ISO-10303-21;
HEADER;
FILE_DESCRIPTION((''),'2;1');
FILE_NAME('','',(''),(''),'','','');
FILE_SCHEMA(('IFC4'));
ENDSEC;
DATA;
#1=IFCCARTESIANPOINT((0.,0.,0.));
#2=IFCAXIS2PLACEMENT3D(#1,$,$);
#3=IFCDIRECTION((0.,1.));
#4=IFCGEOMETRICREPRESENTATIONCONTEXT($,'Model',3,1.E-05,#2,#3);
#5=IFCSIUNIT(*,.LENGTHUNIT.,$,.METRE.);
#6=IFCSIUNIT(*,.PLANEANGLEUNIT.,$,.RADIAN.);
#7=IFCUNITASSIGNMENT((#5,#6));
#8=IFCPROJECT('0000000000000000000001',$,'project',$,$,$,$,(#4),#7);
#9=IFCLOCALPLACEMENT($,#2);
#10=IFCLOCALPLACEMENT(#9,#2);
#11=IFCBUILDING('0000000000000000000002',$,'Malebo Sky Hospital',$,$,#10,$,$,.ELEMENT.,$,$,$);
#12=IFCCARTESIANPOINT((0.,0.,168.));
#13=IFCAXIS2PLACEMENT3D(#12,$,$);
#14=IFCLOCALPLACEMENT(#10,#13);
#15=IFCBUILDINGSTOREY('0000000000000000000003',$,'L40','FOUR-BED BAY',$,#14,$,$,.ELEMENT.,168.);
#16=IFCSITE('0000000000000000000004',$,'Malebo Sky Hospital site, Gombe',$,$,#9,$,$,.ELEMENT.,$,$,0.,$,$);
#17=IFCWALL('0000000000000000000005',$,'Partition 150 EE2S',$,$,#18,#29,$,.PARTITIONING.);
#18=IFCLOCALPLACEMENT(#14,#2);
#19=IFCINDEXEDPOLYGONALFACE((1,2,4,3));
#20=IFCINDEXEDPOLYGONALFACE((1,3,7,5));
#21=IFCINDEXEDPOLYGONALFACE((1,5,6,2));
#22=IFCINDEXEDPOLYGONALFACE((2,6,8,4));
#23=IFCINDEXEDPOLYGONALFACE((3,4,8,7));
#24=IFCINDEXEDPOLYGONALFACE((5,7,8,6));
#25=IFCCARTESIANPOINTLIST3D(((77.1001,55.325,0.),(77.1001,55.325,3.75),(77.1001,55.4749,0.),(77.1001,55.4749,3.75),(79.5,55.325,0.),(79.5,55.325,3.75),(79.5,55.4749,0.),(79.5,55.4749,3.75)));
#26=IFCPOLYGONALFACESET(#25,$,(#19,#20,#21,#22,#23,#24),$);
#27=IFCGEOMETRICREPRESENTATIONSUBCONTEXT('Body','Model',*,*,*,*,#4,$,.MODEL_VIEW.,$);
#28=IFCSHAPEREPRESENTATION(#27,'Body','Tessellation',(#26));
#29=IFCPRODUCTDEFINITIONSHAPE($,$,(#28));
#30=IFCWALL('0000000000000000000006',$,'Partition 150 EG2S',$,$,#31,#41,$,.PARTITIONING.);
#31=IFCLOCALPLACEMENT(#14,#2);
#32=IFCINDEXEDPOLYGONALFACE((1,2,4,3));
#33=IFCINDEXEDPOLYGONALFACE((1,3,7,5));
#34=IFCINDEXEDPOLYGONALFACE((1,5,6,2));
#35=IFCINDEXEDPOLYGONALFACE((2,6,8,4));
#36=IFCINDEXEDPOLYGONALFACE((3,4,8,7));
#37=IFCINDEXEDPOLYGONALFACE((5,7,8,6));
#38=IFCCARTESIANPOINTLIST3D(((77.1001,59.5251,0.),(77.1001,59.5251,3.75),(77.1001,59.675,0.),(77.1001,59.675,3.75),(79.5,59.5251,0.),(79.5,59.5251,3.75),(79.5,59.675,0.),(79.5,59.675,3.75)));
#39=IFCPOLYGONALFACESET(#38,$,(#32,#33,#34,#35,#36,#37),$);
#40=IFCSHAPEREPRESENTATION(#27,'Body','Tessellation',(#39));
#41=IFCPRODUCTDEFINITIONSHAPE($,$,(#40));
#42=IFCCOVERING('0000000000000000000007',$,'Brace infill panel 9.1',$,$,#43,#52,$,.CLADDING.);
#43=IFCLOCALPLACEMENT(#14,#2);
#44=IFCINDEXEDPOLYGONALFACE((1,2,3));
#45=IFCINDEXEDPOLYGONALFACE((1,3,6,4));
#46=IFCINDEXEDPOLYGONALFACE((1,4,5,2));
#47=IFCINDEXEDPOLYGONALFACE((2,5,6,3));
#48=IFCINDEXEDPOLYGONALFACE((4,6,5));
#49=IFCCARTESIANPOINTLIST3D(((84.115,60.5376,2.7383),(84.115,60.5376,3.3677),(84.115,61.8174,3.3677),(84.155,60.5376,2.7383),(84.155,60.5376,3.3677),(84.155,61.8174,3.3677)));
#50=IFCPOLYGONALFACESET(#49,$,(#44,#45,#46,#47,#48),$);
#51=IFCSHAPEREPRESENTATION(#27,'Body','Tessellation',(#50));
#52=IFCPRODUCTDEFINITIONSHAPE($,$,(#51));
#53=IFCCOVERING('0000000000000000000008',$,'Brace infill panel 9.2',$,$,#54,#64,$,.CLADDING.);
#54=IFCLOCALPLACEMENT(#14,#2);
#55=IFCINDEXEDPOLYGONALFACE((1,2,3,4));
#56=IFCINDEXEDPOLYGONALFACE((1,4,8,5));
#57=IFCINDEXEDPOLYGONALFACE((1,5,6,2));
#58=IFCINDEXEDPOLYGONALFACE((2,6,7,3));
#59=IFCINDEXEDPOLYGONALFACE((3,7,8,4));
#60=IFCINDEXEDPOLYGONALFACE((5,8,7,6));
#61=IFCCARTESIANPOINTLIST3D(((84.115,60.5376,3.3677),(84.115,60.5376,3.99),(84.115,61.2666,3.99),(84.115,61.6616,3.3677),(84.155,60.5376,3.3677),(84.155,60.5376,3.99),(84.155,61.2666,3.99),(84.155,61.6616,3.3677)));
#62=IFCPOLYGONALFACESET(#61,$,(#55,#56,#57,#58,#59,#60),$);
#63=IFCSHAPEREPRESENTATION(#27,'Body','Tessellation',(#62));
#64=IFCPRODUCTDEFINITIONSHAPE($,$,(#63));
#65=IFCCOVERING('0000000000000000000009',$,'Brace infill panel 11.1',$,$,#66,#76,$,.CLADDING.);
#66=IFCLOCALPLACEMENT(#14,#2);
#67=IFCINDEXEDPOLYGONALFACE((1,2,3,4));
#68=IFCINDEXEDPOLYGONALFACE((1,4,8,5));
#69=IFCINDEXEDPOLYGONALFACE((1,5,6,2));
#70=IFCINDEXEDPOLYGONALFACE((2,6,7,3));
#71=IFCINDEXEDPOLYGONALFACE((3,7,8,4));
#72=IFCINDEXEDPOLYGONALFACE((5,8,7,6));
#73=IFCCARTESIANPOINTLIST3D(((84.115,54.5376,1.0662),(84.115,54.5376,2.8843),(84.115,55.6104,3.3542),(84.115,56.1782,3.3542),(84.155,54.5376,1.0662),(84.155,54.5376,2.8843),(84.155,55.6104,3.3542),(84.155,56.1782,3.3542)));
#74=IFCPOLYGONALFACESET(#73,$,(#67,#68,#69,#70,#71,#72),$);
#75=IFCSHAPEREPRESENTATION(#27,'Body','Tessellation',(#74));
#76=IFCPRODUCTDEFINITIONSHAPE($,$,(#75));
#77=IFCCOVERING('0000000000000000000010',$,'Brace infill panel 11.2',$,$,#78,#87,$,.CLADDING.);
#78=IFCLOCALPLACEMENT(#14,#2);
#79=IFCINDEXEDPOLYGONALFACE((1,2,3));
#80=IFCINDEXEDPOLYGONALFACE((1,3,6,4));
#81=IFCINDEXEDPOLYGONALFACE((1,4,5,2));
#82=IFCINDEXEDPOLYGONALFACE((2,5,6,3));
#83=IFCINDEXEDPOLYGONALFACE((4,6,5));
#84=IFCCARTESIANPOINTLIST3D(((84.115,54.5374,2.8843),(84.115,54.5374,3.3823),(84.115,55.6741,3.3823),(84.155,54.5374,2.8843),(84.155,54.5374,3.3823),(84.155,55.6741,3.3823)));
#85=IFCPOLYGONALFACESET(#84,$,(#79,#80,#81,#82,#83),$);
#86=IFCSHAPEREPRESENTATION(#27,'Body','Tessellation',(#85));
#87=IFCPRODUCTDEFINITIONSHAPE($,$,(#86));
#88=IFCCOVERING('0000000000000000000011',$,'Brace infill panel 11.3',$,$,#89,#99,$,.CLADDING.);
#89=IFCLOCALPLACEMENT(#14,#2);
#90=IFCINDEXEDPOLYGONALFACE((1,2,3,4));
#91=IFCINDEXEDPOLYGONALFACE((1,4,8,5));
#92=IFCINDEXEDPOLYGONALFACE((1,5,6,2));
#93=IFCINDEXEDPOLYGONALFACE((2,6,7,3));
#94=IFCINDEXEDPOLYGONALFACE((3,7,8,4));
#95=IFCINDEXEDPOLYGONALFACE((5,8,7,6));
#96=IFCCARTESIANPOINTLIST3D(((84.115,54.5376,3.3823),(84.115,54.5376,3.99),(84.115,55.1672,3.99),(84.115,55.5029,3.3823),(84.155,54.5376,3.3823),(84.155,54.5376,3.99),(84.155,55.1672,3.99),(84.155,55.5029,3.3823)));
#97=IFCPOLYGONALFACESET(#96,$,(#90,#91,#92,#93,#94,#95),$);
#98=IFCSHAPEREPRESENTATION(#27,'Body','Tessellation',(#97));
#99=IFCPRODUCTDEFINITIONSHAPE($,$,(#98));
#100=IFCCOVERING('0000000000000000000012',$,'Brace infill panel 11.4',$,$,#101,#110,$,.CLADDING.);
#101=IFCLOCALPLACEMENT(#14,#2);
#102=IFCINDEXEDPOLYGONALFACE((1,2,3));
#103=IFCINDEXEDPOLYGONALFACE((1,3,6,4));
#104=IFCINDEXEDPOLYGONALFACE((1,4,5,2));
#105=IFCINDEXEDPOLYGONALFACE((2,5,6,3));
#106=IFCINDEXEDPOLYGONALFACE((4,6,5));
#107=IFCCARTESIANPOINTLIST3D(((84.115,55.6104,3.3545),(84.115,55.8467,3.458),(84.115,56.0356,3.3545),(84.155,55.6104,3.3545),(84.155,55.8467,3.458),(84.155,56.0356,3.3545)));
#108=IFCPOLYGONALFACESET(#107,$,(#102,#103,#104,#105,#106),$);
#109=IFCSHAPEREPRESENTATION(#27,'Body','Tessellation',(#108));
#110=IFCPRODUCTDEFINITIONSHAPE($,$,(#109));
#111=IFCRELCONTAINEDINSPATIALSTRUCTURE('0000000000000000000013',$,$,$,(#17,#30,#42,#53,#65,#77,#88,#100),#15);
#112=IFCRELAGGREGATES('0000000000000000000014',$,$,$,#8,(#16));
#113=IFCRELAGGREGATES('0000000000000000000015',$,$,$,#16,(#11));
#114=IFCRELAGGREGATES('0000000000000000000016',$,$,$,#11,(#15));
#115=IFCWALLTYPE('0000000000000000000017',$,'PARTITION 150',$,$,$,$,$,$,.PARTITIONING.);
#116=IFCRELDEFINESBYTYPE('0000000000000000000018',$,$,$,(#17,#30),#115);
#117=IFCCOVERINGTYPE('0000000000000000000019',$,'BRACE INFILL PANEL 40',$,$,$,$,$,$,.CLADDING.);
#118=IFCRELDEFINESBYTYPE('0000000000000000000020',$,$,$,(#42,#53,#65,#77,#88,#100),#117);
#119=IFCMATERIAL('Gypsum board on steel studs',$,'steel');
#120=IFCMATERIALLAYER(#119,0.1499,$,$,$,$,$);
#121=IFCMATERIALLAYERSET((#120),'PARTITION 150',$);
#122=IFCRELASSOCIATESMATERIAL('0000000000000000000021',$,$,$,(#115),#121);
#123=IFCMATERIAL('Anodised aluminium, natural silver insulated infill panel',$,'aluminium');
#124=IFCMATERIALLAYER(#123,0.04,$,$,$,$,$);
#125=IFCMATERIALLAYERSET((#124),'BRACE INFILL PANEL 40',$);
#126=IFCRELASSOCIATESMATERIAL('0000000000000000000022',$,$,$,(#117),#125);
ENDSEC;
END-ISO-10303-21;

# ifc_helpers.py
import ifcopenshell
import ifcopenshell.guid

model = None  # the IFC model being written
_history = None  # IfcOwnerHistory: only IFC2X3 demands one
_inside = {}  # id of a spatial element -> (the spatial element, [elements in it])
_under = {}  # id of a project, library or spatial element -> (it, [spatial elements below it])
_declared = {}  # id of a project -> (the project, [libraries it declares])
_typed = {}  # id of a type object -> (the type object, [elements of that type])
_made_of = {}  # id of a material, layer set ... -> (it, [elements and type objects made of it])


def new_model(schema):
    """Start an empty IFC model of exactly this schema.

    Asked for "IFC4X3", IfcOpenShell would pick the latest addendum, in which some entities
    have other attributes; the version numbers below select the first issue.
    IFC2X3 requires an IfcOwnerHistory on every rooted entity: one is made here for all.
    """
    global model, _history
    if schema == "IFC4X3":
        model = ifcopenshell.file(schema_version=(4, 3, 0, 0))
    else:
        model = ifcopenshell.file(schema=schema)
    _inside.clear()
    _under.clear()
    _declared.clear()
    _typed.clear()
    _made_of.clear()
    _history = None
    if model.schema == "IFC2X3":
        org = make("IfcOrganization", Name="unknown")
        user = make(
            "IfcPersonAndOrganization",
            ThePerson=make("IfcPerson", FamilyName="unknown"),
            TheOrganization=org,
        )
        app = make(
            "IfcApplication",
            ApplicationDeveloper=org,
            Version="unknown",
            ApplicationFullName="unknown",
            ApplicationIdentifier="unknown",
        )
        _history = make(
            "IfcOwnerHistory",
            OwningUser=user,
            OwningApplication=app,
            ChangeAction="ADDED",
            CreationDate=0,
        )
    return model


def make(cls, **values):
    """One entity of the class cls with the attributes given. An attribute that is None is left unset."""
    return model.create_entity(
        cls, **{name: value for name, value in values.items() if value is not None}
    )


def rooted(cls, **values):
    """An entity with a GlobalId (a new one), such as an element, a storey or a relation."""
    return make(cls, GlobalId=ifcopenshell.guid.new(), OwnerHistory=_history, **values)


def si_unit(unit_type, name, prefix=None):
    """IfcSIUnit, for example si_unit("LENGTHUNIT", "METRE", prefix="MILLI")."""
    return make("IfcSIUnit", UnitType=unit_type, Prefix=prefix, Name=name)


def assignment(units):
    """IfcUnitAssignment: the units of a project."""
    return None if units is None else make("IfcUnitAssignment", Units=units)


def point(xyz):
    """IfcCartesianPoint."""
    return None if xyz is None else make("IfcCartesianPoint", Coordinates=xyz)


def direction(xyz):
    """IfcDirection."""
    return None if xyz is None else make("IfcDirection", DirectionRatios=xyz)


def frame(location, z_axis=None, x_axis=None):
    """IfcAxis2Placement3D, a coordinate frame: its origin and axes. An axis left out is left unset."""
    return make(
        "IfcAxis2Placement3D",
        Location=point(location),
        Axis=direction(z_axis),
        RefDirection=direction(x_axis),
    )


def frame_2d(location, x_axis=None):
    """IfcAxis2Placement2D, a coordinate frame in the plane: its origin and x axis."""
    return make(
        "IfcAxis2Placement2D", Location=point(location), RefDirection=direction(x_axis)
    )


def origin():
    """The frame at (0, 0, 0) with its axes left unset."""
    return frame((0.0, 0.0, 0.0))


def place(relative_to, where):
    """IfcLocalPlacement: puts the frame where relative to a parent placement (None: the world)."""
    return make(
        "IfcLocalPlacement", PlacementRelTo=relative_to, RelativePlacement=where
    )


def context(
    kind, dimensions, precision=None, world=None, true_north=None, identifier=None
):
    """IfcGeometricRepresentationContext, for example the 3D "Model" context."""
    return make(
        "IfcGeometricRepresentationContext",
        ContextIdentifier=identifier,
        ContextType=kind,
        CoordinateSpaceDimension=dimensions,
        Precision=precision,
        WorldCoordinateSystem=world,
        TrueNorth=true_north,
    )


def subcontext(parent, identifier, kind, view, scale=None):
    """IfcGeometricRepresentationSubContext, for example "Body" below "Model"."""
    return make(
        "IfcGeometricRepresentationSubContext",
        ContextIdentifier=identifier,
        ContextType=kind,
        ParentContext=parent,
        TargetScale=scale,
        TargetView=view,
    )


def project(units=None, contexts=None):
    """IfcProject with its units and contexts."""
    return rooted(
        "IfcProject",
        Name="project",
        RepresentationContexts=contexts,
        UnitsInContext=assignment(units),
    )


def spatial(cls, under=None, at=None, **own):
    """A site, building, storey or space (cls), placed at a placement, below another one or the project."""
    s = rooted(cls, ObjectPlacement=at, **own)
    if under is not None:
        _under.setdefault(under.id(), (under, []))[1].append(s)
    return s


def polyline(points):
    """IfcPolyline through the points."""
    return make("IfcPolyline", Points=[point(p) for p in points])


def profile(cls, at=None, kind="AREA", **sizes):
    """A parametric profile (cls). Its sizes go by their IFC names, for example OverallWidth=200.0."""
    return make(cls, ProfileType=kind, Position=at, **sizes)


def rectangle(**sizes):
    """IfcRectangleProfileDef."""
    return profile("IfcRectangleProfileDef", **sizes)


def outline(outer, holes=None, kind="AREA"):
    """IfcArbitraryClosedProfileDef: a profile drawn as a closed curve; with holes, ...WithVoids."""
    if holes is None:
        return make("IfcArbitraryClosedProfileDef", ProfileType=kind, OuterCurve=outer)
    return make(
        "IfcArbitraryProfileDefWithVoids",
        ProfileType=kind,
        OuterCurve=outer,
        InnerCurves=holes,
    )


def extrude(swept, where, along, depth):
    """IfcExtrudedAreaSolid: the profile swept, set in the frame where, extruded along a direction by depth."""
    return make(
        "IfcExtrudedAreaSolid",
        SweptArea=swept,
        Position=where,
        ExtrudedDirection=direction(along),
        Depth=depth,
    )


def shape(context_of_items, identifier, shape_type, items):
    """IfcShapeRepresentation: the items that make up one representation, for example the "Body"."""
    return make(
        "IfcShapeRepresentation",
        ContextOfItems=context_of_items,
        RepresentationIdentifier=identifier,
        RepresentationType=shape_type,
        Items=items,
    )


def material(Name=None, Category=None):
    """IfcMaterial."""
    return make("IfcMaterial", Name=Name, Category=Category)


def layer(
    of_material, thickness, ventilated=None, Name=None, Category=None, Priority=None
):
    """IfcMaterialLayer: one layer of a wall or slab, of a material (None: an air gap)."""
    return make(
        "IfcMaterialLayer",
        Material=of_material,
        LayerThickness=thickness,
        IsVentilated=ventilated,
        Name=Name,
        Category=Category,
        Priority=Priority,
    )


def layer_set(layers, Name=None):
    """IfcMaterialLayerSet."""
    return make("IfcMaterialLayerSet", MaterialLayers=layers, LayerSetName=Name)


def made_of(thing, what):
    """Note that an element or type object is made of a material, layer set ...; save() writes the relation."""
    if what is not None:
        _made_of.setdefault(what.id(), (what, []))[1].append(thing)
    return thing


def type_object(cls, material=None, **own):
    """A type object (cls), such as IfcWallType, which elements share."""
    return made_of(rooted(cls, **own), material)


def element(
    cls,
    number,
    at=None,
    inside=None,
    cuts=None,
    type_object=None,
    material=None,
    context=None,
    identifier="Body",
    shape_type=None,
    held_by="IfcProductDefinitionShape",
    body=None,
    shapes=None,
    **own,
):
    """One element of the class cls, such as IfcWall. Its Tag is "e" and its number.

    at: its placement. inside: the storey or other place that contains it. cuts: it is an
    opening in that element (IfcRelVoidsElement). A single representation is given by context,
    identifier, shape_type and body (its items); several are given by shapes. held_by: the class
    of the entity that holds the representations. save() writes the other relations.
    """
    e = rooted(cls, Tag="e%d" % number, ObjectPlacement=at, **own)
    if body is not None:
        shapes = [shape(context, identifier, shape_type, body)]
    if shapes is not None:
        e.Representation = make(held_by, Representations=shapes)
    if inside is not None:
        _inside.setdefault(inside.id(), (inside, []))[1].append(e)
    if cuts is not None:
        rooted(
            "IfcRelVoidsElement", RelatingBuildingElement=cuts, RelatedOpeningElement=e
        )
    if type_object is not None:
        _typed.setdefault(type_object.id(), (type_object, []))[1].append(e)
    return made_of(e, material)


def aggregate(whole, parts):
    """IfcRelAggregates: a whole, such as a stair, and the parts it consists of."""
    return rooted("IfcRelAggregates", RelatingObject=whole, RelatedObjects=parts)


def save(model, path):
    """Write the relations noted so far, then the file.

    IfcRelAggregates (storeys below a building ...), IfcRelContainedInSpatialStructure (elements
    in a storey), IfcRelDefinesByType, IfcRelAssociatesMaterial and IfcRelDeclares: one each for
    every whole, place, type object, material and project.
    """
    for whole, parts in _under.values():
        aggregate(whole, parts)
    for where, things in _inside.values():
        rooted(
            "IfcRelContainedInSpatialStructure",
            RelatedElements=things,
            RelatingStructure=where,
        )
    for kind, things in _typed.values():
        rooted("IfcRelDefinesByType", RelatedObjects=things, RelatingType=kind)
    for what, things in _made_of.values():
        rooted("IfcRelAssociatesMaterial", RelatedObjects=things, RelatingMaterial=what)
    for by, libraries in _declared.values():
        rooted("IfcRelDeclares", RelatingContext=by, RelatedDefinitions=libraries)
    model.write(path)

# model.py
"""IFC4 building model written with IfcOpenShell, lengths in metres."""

from ifc_helpers import new_model, si_unit, direction, frame, frame_2d, origin, place, context, subcontext, project, spatial, polyline, rectangle, outline, extrude, material, layer, layer_set, type_object, element, save


model = new_model("IFC4")

# Units and contexts
model_context = context("Model", 3, precision=1e-05, world=origin(), true_north=direction((0.0, 1.0)))
body_context = subcontext(model_context, "Body", "Model", "MODEL_VIEW")
ifc_project = project(units=[si_unit("LENGTHUNIT", "METRE"), si_unit("PLANEANGLEUNIT", "RADIAN")], contexts=[model_context])

# Site, building, storey
site_placement = place(None, origin())
site = spatial("IfcSite", under=ifc_project, at=site_placement, Name="Malebo Sky Hospital site, Gombe", CompositionType="ELEMENT", RefElevation=0.0)
building_placement = place(site_placement, origin())
building = spatial("IfcBuilding", under=site, at=building_placement, Name="Malebo Sky Hospital", CompositionType="ELEMENT")
storey_placement = place(building_placement, frame((0.0, 0.0, 168.0)))
storey = spatial("IfcBuildingStorey", under=building, at=storey_placement, Name="L40", Description="FOUR-BED BAY", CompositionType="ELEMENT", Elevation=168.0)

# Shared definitions
ifc_material_1 = material(Name="Gypsum board on steel studs", Category="steel")
ifc_layer_1 = layer(ifc_material_1, 0.1499)
ifc_layer_set_1 = layer_set([ifc_layer_1], Name="PARTITION 150")
wall_type = type_object("IfcWallType", Name="PARTITION 150", PredefinedType="PARTITIONING", material=ifc_layer_set_1)

# Walls
for number, where, z_axis, x_axis, name in (
    (1, (77.1001, 55.3999, 0.0), (0.0, 0.0, 1.0), (1.0, 0.0, 0.0), "Partition 150 EE2S"),
    (2, (77.1001, 59.6001, 0.0), (0.0, 0.0, 1.0), (1.0, 0.0, 0.0), "Partition 150 EG2S"),
):
    element("IfcWall", number, at=place(storey_placement, frame(where, z_axis=z_axis, x_axis=x_axis)), inside=storey, type_object=wall_type, Name=name, PredefinedType="PARTITIONING", context=body_context, shape_type="SweptSolid", body=[
        extrude(rectangle(XDim=2.3999, YDim=0.1499, at=frame_2d((1.2, 0.0))), origin(), (0.0, 0.0, 1.0), 3.75),
    ])

# Coverings
ifc_material_2 = material(Name="Anodised aluminium, natural silver insulated infill panel", Category="aluminium")
ifc_layer_2 = layer(ifc_material_2, 0.04)
ifc_layer_set_2 = layer_set([ifc_layer_2], Name="BRACE INFILL PANEL 40")
covering_type = type_object("IfcCoveringType", Name="BRACE INFILL PANEL 40", PredefinedType="CLADDING", material=ifc_layer_set_2)
covering_1_placement = place(storey_placement, frame((84.135, 61.1775, 2.7383), z_axis=(0.0, 0.0, 1.0), x_axis=(0.0, -1.0, 0.0)))
element("IfcCovering", 3, at=covering_1_placement, inside=storey, type_object=covering_type, Name="Brace infill panel 9.1", PredefinedType="CLADDING", context=body_context, shape_type="SweptSolid", body=[
    extrude(outline(polyline([(0.6399, 0.0), (0.6399, 0.6294), (-0.6399, 0.6294), (0.6399, 0.0)])), frame((0.0, 0.02, 0.0), z_axis=(0.0, -1.0, 0.0), x_axis=(1.0, 0.0, 0.0)), (0.0, 0.0, 1.0), 0.04),
])
covering_2_placement = place(storey_placement, frame((84.135, 61.0996, 3.3677), z_axis=(0.0, 0.0, 1.0), x_axis=(0.0, -1.0, 0.0)))
element("IfcCovering", 4, at=covering_2_placement, inside=storey, type_object=covering_type, Name="Brace infill panel 9.2", PredefinedType="CLADDING", context=body_context, shape_type="SweptSolid", body=[
    extrude(outline(polyline([(-0.562, 0.0), (0.562, 0.0), (0.562, 0.6223), (-0.167, 0.6223), (-0.562, 0.0)])), frame((0.0, 0.02, 0.0), z_axis=(0.0, -1.0, 0.0), x_axis=(1.0, 0.0, 0.0)), (0.0, 0.0, 1.0), 0.04),
])
covering_3_placement = place(storey_placement, frame((84.135, 55.3579, 1.0662), z_axis=(0.0, 0.0, 1.0), x_axis=(0.0, -1.0, 0.0)))
element("IfcCovering", 5, at=covering_3_placement, inside=storey, type_object=covering_type, Name="Brace infill panel 11.1", PredefinedType="CLADDING", context=body_context, shape_type="SweptSolid", body=[
    extrude(outline(polyline([(0.8203, 0.0), (0.8203, 1.8181), (-0.2524, 2.2881), (-0.8203, 2.2881), (0.8203, 0.0)])), frame((0.0, 0.02, 0.0), z_axis=(0.0, -1.0, 0.0), x_axis=(1.0, 0.0, 0.0)), (0.0, 0.0, 1.0), 0.04),
])
covering_4_placement = place(storey_placement, frame((84.135, 55.1057, 2.8843), z_axis=(0.0, 0.0, 1.0), x_axis=(0.0, -1.0, 0.0)))
element("IfcCovering", 6, at=covering_4_placement, inside=storey, type_object=covering_type, Name="Brace infill panel 11.2", PredefinedType="CLADDING", context=body_context, shape_type="SweptSolid", body=[
    extrude(outline(polyline([(0.5684, 0.0), (0.5684, 0.498), (-0.5684, 0.498), (0.5684, 0.0)])), frame((0.0, 0.02, 0.0), z_axis=(0.0, -1.0, 0.0), x_axis=(1.0, 0.0, 0.0)), (0.0, 0.0, 1.0), 0.04),
])
covering_5_placement = place(storey_placement, frame((84.135, 55.0203, 3.3823), z_axis=(0.0, 0.0, 1.0), x_axis=(0.0, -1.0, 0.0)))
element("IfcCovering", 7, at=covering_5_placement, inside=storey, type_object=covering_type, Name="Brace infill panel 11.3", PredefinedType="CLADDING", context=body_context, shape_type="SweptSolid", body=[
    extrude(outline(polyline([(-0.4827, 0.0), (0.4827, 0.0), (0.4827, 0.6077), (-0.147, 0.6077), (-0.4827, 0.0)])), frame((0.0, 0.02, 0.0), z_axis=(0.0, -1.0, 0.0), x_axis=(1.0, 0.0, 0.0)), (0.0, 0.0, 1.0), 0.04),
])
covering_6_placement = place(storey_placement, frame((84.135, 55.823, 3.3545), z_axis=(0.0, 0.0, 1.0), x_axis=(0.0, -1.0, 0.0)))
element("IfcCovering", 8, at=covering_6_placement, inside=storey, type_object=covering_type, Name="Brace infill panel 11.4", PredefinedType="CLADDING", context=body_context, shape_type="SweptSolid", body=[
    extrude(outline(polyline([(-0.2126, 0.0), (0.2126, 0.0), (-0.0237, 0.1035), (-0.2126, 0.0)])), frame((0.0, 0.02, 0.0), z_axis=(0.0, -1.0, 0.0), x_axis=(1.0, 0.0, 0.0)), (0.0, 0.0, 1.0), 0.04),
])

save(model, "model.ifc")
